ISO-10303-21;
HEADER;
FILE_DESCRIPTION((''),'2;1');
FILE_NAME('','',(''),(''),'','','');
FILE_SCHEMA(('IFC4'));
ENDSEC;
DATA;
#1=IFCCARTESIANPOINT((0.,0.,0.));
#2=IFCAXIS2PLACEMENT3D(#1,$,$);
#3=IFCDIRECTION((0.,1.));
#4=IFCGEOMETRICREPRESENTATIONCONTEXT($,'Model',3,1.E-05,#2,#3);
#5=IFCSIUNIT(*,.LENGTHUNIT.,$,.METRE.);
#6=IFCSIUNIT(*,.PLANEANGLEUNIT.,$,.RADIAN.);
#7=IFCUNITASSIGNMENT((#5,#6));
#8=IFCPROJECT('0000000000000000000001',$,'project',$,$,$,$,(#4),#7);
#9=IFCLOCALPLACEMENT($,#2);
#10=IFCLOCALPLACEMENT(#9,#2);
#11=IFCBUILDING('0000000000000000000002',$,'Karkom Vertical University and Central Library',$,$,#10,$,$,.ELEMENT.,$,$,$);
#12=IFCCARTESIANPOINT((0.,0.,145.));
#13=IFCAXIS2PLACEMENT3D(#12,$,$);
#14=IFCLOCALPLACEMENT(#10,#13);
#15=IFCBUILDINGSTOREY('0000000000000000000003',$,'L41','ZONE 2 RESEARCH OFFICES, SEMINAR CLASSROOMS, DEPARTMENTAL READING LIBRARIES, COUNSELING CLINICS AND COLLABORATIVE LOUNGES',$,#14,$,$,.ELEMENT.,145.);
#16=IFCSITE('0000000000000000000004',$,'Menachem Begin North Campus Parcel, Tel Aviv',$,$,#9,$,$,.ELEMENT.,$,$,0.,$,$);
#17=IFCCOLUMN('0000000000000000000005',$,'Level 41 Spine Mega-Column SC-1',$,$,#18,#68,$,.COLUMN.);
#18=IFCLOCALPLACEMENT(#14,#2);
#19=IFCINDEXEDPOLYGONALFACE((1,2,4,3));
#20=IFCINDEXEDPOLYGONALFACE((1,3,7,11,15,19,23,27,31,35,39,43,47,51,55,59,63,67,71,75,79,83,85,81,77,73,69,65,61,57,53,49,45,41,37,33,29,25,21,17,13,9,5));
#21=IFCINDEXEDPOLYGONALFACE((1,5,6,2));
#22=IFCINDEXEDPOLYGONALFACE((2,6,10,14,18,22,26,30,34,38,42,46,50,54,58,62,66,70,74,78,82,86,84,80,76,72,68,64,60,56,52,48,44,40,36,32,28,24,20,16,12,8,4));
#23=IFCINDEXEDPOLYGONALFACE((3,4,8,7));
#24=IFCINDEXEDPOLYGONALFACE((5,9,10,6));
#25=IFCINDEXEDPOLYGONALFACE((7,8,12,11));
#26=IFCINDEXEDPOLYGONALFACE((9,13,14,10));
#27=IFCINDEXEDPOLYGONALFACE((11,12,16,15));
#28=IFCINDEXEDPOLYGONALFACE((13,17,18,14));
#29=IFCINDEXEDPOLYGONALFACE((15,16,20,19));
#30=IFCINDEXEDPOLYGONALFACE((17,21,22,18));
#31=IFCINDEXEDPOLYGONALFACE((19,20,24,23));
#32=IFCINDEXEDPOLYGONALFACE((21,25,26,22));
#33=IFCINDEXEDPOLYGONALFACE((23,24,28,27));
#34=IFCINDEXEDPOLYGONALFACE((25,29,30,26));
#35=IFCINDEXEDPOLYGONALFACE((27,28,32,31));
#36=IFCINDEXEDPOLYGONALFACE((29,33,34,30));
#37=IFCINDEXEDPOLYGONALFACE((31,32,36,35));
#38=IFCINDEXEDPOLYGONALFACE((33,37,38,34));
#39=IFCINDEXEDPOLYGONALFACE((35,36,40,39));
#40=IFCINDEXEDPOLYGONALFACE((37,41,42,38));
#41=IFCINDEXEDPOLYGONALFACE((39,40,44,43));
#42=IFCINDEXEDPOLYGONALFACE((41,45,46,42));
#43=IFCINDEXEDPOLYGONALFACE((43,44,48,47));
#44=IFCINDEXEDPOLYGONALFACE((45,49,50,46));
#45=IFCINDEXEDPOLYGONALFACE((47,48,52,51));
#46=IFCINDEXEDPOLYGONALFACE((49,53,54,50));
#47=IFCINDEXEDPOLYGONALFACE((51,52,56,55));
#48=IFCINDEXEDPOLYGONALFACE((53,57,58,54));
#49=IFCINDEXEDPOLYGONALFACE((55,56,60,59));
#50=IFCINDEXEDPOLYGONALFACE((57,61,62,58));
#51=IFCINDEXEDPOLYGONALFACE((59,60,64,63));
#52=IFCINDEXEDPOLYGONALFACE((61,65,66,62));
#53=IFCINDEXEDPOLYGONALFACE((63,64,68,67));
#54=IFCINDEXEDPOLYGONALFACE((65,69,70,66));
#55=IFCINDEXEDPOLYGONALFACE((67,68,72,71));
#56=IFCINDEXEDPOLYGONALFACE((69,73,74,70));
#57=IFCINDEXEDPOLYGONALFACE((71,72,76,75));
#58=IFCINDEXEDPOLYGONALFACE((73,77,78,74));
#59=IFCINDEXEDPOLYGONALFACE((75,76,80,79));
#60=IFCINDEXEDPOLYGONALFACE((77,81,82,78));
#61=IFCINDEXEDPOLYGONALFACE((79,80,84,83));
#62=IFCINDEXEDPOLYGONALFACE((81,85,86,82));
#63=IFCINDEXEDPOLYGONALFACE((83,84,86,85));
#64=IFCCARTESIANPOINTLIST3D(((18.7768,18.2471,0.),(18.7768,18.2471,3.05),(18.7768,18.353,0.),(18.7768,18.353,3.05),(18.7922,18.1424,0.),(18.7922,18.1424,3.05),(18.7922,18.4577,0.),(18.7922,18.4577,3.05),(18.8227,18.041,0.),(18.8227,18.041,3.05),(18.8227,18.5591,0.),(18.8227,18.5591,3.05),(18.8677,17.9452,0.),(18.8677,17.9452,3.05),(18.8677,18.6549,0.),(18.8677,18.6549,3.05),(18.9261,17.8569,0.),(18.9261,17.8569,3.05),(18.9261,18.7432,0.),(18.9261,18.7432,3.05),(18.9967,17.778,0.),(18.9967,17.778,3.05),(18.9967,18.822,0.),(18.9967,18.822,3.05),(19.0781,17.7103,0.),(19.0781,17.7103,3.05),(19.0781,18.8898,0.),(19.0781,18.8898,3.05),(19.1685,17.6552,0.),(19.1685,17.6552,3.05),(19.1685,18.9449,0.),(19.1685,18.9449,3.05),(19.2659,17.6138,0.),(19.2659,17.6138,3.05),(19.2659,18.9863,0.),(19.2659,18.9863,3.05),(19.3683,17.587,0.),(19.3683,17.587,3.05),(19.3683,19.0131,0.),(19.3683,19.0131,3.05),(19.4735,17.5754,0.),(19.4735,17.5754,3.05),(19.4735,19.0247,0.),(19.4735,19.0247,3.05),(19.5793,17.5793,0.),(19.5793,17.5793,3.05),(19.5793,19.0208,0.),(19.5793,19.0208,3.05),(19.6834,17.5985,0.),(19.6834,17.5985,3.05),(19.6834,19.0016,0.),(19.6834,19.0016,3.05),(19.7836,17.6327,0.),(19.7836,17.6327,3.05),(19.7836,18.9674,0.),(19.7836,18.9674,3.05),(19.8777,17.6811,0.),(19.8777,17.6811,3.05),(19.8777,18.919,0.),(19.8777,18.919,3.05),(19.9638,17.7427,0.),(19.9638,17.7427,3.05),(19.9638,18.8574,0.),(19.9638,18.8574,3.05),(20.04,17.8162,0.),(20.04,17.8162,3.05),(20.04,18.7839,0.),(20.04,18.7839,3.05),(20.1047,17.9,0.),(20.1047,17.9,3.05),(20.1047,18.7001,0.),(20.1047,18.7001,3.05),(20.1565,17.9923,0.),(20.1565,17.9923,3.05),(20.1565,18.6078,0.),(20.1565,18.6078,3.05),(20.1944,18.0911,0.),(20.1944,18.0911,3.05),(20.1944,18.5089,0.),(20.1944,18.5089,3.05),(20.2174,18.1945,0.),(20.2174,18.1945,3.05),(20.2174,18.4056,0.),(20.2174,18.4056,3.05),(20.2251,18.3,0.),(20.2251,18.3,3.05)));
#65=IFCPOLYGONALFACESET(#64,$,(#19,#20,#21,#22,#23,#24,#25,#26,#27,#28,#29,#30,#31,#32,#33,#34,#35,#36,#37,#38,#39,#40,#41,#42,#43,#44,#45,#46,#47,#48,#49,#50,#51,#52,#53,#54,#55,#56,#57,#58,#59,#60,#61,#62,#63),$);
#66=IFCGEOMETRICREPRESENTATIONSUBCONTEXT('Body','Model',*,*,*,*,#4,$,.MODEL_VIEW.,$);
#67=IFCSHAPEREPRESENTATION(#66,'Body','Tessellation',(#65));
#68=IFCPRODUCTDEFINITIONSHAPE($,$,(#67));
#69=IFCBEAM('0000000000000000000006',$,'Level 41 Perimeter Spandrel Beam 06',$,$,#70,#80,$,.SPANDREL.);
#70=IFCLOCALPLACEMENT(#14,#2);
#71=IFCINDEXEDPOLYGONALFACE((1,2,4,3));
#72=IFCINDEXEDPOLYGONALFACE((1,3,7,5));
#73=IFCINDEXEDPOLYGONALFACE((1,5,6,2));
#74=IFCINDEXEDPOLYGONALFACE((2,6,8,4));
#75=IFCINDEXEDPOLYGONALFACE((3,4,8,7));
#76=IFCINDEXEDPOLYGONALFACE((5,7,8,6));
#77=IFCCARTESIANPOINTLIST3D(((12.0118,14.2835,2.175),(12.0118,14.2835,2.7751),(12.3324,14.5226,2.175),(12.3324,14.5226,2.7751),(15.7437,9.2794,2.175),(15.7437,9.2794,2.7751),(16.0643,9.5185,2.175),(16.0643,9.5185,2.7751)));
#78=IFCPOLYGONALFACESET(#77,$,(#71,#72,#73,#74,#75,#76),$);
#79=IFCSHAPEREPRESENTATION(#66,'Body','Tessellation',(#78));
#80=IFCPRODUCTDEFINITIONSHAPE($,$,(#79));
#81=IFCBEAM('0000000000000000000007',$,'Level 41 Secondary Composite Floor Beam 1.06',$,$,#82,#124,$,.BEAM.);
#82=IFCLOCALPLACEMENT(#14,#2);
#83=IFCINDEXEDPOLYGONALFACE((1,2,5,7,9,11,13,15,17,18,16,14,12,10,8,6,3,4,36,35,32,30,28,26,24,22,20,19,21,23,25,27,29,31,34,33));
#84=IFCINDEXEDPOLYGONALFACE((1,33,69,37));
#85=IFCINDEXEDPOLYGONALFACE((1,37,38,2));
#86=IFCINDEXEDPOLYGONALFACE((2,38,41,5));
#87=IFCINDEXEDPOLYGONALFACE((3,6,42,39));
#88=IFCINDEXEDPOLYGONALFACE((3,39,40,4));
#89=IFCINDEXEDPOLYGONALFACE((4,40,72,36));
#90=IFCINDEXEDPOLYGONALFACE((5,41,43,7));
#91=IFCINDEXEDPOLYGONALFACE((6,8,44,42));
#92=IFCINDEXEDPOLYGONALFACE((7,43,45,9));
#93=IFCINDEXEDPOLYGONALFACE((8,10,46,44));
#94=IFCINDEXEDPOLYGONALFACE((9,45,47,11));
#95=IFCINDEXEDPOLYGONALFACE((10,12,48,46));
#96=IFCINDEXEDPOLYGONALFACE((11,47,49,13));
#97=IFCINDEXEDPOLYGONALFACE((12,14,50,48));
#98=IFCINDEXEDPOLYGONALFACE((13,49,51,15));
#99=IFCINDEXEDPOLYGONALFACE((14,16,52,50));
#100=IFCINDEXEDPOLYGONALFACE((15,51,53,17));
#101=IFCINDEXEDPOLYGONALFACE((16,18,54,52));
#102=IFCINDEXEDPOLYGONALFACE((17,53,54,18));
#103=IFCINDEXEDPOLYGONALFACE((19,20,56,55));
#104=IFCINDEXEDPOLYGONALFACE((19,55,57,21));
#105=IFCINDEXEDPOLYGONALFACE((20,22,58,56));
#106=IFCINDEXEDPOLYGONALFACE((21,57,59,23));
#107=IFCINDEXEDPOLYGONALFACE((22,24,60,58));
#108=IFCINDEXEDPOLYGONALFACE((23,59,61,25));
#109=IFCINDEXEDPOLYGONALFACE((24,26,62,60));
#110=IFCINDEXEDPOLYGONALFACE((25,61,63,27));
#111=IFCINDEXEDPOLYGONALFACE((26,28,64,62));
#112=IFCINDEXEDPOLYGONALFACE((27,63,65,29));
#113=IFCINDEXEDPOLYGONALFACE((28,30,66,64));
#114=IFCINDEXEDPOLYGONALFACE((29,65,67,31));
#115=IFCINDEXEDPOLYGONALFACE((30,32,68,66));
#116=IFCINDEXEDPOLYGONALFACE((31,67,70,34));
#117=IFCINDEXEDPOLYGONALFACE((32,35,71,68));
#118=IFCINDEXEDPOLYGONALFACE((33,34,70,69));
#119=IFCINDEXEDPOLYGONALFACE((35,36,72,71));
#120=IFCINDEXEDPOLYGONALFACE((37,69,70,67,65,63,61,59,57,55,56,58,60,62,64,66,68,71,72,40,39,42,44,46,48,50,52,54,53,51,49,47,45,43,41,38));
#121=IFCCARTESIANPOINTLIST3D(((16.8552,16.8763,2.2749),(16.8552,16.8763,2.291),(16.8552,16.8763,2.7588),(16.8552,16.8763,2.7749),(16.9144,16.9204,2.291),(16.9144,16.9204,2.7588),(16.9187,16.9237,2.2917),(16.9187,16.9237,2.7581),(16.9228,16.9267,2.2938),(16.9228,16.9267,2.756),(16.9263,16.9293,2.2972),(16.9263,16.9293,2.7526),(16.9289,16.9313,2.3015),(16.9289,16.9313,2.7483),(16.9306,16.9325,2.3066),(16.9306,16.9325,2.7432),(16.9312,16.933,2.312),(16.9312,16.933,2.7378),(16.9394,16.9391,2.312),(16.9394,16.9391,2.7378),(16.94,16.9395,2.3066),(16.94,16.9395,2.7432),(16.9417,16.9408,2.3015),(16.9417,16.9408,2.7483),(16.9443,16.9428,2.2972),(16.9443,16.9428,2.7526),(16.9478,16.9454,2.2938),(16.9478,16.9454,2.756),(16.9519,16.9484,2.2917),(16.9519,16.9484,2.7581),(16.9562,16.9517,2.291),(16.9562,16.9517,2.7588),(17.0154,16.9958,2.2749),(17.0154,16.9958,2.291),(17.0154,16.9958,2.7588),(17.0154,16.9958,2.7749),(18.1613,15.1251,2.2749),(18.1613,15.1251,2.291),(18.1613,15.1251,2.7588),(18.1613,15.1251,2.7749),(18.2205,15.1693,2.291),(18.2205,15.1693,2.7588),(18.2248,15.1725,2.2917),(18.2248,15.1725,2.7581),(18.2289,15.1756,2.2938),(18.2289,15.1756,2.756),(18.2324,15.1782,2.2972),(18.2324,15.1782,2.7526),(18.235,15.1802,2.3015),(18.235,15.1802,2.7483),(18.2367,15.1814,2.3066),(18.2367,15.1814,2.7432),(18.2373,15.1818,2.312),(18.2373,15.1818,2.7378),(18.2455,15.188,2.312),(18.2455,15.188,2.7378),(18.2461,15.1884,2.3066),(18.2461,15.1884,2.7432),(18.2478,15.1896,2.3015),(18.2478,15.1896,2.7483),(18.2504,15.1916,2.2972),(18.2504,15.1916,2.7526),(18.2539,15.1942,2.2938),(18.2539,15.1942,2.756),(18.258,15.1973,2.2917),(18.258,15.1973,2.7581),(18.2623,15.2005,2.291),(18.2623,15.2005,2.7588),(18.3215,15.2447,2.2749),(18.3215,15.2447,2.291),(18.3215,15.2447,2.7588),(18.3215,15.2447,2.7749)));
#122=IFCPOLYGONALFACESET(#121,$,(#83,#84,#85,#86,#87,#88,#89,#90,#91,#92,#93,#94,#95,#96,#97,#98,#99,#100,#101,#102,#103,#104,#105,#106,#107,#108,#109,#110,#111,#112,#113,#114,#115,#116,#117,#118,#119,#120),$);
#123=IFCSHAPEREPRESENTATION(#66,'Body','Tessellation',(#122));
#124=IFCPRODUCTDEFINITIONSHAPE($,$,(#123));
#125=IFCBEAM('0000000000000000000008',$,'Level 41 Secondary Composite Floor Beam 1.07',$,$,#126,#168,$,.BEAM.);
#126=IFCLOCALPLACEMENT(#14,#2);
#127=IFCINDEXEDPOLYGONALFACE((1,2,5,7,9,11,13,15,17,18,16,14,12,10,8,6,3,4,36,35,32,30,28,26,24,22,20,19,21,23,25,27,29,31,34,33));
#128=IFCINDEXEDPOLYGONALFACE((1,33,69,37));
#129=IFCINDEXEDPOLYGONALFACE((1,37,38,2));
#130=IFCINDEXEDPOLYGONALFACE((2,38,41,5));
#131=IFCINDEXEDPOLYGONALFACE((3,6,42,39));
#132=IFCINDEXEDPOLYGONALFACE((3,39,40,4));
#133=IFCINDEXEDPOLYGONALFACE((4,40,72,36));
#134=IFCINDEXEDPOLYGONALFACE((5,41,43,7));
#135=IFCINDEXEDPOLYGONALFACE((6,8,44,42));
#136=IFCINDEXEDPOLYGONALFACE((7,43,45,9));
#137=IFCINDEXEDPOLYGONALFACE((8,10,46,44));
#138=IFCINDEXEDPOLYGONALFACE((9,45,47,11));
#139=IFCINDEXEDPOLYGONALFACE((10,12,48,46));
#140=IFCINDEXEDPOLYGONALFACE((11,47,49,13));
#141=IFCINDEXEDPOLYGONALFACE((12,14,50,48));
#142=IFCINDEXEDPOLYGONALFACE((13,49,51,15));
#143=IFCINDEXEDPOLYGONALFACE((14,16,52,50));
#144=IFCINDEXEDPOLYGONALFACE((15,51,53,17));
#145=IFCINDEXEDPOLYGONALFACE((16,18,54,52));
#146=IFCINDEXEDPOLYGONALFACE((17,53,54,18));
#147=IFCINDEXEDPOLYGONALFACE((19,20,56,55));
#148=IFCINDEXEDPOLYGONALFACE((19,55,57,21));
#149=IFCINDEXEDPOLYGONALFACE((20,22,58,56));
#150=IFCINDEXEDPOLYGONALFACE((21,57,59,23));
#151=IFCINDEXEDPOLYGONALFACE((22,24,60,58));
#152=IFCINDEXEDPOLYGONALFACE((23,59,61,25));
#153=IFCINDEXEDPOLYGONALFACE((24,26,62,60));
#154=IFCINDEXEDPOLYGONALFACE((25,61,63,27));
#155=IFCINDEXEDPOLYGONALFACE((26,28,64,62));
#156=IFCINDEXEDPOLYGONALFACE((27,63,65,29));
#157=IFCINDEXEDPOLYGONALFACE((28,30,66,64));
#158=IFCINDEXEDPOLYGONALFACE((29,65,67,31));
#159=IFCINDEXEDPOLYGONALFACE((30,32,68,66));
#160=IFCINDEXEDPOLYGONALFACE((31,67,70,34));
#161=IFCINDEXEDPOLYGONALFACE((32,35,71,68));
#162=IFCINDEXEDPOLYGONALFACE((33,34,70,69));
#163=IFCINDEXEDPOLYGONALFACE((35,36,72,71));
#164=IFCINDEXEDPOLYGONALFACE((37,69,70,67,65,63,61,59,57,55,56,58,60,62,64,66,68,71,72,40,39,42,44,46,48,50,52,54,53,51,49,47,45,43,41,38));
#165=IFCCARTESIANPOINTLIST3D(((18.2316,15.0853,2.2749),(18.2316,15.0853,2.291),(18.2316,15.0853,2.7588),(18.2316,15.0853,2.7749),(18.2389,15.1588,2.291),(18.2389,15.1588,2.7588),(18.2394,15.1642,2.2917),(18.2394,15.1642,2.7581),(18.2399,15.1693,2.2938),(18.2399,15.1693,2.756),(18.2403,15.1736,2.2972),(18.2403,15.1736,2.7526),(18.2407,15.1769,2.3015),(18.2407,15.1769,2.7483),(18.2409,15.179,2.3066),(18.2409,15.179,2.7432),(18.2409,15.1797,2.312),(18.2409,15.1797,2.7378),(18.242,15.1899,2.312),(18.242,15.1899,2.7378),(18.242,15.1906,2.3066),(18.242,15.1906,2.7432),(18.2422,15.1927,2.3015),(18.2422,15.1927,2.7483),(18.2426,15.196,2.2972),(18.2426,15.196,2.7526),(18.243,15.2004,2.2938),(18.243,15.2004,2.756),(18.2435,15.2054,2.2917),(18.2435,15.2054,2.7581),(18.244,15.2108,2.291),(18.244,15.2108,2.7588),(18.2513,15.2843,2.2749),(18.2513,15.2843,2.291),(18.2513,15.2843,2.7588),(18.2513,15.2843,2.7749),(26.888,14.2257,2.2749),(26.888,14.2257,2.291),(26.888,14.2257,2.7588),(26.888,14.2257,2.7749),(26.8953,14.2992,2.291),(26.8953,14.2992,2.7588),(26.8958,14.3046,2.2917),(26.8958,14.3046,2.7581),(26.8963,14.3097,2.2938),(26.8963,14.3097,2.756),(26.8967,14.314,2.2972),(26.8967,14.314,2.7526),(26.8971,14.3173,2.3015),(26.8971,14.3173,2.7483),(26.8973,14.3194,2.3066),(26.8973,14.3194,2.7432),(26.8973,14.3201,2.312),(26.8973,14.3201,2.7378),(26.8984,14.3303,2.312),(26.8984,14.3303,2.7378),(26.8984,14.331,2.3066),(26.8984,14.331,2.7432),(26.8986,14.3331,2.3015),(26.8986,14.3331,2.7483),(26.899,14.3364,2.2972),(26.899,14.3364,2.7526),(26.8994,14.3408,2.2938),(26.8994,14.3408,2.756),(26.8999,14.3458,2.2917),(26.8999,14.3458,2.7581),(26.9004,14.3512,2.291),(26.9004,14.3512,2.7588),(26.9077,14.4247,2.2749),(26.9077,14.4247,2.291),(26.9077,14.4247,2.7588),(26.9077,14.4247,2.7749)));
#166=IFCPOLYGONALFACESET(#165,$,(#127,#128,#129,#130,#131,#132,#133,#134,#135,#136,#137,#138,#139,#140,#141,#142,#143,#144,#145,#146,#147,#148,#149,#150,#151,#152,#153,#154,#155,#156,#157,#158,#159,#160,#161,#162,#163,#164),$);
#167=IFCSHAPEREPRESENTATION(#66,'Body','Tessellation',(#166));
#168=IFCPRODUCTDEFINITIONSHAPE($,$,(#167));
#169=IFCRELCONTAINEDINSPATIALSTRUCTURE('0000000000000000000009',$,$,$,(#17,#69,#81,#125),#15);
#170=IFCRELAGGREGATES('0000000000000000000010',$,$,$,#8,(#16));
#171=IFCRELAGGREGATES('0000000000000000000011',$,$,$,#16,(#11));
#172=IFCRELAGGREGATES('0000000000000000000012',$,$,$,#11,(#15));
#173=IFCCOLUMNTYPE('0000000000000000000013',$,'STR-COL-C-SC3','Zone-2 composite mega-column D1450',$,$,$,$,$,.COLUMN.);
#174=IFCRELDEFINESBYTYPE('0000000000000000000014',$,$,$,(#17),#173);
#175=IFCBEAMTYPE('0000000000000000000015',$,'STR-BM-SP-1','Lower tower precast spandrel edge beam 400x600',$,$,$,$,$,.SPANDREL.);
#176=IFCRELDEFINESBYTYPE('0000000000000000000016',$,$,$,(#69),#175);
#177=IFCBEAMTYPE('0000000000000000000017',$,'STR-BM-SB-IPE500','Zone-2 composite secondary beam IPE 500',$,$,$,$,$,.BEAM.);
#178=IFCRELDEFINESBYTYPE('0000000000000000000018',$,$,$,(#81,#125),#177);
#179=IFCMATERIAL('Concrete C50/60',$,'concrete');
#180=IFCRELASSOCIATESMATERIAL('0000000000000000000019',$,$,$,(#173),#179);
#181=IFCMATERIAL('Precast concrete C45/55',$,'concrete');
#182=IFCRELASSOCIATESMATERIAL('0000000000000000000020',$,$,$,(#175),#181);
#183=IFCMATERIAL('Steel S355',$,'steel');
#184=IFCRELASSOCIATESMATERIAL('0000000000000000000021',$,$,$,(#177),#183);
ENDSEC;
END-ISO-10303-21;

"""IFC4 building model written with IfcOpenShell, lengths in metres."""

from ifc_helpers import new_model, si_unit, direction, frame, origin, origin_with_axes, origin_2d, place, context, subcontext, project, spatial, rectangle, circle, i_section, extrude, source, transform, mapped, material, material_profile, profile_set, type_object, element, save


model = new_model("IFC4")

# Units and contexts
model_context = context("Model", 3, precision=1e-05, world=origin(), true_north=direction((0.0, 1.0)))
body_context = subcontext(model_context, "Body", "Model", "MODEL_VIEW")
ifc_project = project(units=[si_unit("LENGTHUNIT", "METRE"), si_unit("PLANEANGLEUNIT", "RADIAN")], contexts=[model_context])

# Site, building, storey
site_placement = place(None, origin())
site = spatial("IfcSite", under=ifc_project, at=site_placement, Name="Menachem Begin North Campus Parcel, Tel Aviv", CompositionType="ELEMENT", RefElevation=0.0)
building_placement = place(site_placement, origin())
building = spatial("IfcBuilding", under=site, at=building_placement, Name="Karkom Vertical University and Central Library", CompositionType="ELEMENT")
storey_placement = place(building_placement, frame((0.0, 0.0, 145.0)))
storey = spatial("IfcBuildingStorey", under=building, at=storey_placement, Name="L41", Description="ZONE 2 RESEARCH OFFICES, SEMINAR CLASSROOMS, DEPARTMENTAL READING LIBRARIES, COUNSELING CLINICS AND COLLABORATIVE LOUNGES", CompositionType="ELEMENT", Elevation=145.0)

# Column
ifc_material_1 = material(Name="Concrete C50/60", Category="concrete")
ifc_material_profile_1 = material_profile(ifc_material_1, circle(Radius=0.7251, at=origin_2d()), Name="CFT-D1450")
ifc_profile_set_1 = profile_set([ifc_material_profile_1], Name="Concrete C50/60")
column_type = type_object("IfcColumnType", Name="STR-COL-C-SC3", Description="Zone-2 composite mega-column D1450", PredefinedType="COLUMN", material=ifc_profile_set_1)
shared_shape_1 = source(origin_with_axes(), body_context, "Body", "SweptSolid", [
    extrude(circle(Radius=0.7251, at=origin_2d()), origin(), (0.0, 0.0, 1.0), 3.05),
])
column_placement = place(storey_placement, frame((19.5, 18.3, 0.0), z_axis=(0.0, 0.0, 1.0), x_axis=(1.0, 0.0, 0.0)))
element("IfcColumn", 1, at=column_placement, inside=storey, type_object=column_type, Name="Level 41 Spine Mega-Column SC-1", PredefinedType="COLUMN", context=body_context, shape_type="MappedRepresentation", body=[
    mapped(shared_shape_1, transform((0.0, 0.0, 0.0), scale=1.0)),
])

# Beams
ifc_material_2 = material(Name="Precast concrete C45/55", Category="concrete")
ifc_material_profile_2 = material_profile(ifc_material_2, rectangle(XDim=0.3999, YDim=0.6001, at=origin_2d()), Name="SPB-400x600")
ifc_profile_set_2 = profile_set([ifc_material_profile_2], Name="Precast concrete C45/55")
beam_type_1 = type_object("IfcBeamType", Name="STR-BM-SP-1", Description="Lower tower precast spandrel edge beam 400x600", PredefinedType="SPANDREL", material=ifc_profile_set_2)
shared_shape_2 = source(origin_with_axes(), body_context, "Body", "SweptSolid", [
    extrude(rectangle(XDim=0.3999, YDim=0.6001, at=origin_2d()), origin(), (0.0, 0.0, 1.0), 6.2424),
])
beam_1_placement = place(storey_placement, frame((12.1721, 14.4031, 2.4751), z_axis=(0.597826, -0.801626, 0.0), x_axis=(0.801626, 0.597826, 0.0)))
element("IfcBeam", 2, at=beam_1_placement, inside=storey, type_object=beam_type_1, Name="Level 41 Perimeter Spandrel Beam 06", PredefinedType="SPANDREL", context=body_context, shape_type="MappedRepresentation", body=[
    mapped(shared_shape_2, transform((0.0, 0.0, 0.0), scale=1.0)),
])
ifc_material_3 = material(Name="Steel S355", Category="steel")
ifc_material_profile_3 = material_profile(ifc_material_3, i_section(OverallWidth=0.2, OverallDepth=0.5, WebThickness=0.0103, FlangeThickness=0.0161, FilletRadius=0.021, at=origin_2d()), Name="IPE 500")
ifc_profile_set_3 = profile_set([ifc_material_profile_3], Name="Steel S355")
beam_type_2 = type_object("IfcBeamType", Name="STR-BM-SB-IPE500", Description="Zone-2 composite secondary beam IPE 500", PredefinedType="BEAM", material=ifc_profile_set_3)
shared_shape_3 = source(origin_with_axes(), body_context, "Body", "SweptSolid", [
    extrude(i_section(OverallWidth=0.2, OverallDepth=0.5, WebThickness=0.0103, FlangeThickness=0.0161, FilletRadius=0.021, at=origin_2d()), origin(), (0.0, 0.0, 1.0), 2.1846),
])
beam_2_placement = place(storey_placement, frame((16.9353, 16.936, 2.5249), z_axis=(0.59787, -0.801593, 0.0), x_axis=(0.801593, 0.59787, 0.0)))
element("IfcBeam", 3, at=beam_2_placement, inside=storey, type_object=beam_type_2, Name="Level 41 Secondary Composite Floor Beam 1.06", PredefinedType="BEAM", context=body_context, shape_type="MappedRepresentation", body=[
    mapped(shared_shape_3, transform((0.0, 0.0, 0.0), scale=1.0)),
])
shared_shape_4 = source(origin_with_axes(), body_context, "Body", "SweptSolid", [
    extrude(i_section(OverallWidth=0.2, OverallDepth=0.5, WebThickness=0.0103, FlangeThickness=0.0161, FilletRadius=0.021, at=origin_2d()), origin(), (0.0, 0.0, 1.0), 8.699),
])
beam_3_placement = place(storey_placement, frame((18.2415, 15.1848, 2.5249), z_axis=(0.995106, -0.098817, 0.0), x_axis=(0.098817, 0.995106, 0.0)))
element("IfcBeam", 4, at=beam_3_placement, inside=storey, type_object=beam_type_2, Name="Level 41 Secondary Composite Floor Beam 1.07", PredefinedType="BEAM", context=body_context, shape_type="MappedRepresentation", body=[
    mapped(shared_shape_4, transform((0.0, 0.0, 0.0), scale=1.0)),
])

save(model, "model.ifc")
